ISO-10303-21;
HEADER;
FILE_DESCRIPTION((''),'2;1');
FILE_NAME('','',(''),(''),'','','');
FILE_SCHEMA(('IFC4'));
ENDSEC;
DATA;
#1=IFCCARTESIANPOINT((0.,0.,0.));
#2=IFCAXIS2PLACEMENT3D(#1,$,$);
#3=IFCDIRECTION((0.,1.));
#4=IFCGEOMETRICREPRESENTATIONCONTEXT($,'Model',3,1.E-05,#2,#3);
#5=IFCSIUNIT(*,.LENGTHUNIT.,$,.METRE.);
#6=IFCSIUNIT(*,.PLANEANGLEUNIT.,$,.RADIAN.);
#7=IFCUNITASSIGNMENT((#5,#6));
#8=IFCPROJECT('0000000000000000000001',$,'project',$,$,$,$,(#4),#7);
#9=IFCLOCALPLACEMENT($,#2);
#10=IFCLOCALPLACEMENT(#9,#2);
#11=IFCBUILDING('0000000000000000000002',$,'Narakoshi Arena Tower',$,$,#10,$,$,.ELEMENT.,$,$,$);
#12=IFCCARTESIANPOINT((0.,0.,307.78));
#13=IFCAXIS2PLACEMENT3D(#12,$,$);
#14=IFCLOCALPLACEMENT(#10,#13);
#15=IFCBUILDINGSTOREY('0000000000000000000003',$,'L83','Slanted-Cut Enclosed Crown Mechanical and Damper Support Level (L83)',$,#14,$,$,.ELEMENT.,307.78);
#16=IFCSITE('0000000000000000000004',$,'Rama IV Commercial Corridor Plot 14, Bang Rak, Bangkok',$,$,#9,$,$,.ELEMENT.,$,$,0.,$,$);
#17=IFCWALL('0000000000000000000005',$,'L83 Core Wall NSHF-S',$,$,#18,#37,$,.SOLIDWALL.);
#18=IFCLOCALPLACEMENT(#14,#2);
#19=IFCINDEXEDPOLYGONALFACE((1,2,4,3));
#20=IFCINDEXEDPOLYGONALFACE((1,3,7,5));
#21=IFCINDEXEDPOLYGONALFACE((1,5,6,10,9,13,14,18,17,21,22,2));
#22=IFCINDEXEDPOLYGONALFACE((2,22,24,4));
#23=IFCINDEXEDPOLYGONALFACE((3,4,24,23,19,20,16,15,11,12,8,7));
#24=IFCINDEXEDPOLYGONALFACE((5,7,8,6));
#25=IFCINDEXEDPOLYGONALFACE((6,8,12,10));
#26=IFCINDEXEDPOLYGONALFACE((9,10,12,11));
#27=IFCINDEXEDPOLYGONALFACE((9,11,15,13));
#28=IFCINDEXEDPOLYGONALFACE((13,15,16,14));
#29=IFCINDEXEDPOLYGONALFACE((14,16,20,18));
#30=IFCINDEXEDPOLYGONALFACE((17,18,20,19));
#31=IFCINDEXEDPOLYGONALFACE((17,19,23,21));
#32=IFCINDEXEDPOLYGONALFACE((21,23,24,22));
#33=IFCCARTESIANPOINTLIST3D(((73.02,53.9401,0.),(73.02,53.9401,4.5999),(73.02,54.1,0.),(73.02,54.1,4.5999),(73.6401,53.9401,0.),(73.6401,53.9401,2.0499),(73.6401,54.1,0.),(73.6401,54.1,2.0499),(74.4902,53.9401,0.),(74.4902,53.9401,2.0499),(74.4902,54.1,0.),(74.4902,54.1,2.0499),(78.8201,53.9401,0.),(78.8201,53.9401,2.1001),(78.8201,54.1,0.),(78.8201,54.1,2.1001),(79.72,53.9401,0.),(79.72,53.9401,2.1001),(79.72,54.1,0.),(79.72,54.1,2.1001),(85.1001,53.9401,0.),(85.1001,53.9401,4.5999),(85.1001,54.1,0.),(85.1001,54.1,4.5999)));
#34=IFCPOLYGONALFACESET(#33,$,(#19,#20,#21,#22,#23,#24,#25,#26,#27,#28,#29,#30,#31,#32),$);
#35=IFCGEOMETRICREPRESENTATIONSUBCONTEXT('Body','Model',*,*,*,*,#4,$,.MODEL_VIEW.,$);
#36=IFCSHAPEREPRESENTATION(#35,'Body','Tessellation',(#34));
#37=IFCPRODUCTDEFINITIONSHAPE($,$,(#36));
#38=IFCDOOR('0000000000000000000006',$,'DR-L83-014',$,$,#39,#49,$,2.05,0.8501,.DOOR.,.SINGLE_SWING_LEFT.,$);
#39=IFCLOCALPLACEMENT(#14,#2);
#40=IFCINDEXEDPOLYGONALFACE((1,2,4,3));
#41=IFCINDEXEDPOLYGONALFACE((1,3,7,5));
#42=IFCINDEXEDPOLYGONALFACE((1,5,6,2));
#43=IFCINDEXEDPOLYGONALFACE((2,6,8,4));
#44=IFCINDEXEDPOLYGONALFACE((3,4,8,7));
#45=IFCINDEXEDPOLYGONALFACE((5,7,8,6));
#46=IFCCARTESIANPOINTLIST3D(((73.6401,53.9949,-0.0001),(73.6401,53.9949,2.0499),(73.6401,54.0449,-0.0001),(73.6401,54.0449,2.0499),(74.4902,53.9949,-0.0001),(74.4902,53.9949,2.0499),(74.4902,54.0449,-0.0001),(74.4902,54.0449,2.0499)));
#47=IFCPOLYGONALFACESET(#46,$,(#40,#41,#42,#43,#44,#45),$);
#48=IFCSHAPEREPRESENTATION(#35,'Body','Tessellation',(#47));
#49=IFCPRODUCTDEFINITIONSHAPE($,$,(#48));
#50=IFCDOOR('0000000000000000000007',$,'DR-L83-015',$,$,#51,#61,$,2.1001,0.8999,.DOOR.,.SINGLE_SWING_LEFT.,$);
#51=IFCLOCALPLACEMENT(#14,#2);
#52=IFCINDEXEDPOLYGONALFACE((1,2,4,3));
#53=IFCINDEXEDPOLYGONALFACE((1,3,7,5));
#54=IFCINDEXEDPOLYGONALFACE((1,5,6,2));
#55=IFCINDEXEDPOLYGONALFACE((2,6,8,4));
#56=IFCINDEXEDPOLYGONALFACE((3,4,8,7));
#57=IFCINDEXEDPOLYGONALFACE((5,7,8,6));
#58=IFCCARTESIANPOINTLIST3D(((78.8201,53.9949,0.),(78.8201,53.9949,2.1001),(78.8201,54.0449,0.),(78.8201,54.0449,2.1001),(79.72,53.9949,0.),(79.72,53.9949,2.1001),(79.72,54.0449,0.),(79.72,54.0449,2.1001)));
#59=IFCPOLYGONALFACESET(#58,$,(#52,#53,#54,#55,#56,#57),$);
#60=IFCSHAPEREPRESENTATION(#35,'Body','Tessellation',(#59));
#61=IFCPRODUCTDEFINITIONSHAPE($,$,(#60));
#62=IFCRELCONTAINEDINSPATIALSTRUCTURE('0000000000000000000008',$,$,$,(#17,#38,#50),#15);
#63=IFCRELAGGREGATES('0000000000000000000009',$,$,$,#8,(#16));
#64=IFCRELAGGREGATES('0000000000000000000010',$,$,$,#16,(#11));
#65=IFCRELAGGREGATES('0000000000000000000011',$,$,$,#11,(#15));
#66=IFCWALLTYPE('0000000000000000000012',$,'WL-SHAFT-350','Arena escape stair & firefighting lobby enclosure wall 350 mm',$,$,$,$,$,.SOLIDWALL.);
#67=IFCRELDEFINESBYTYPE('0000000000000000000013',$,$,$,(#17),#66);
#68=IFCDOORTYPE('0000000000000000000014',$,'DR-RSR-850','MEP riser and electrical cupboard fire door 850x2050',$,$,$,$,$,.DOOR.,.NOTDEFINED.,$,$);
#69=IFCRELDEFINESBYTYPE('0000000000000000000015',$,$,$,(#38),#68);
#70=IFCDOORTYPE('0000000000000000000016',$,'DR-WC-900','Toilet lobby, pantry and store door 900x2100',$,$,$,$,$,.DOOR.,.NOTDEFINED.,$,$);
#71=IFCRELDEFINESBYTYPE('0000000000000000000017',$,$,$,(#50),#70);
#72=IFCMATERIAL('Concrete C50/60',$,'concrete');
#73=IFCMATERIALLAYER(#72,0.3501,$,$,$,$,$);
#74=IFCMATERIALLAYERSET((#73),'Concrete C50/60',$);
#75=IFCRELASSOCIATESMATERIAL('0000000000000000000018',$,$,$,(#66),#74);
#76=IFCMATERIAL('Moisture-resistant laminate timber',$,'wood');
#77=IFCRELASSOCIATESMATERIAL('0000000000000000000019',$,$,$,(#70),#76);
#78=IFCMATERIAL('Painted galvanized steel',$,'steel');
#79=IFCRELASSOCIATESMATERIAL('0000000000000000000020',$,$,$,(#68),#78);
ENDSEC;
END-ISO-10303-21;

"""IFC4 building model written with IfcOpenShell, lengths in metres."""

from ifc_helpers import new_model, si_unit, direction, frame, frame_2d, origin, place, context, subcontext, project, spatial, rectangle, extrude, material, layer, layer_set, type_object, element, fill, save


model = new_model("IFC4")

# Units and contexts
model_context = context("Model", 3, precision=1e-05, world=origin(), true_north=direction((0.0, 1.0)))
body_context = subcontext(model_context, "Body", "Model", "MODEL_VIEW")
ifc_project = project(units=[si_unit("LENGTHUNIT", "METRE"), si_unit("PLANEANGLEUNIT", "RADIAN")], contexts=[model_context])

# Site, building, storey
site_placement = place(None, origin())
site = spatial("IfcSite", under=ifc_project, at=site_placement, Name="Rama IV Commercial Corridor Plot 14, Bang Rak, Bangkok", CompositionType="ELEMENT", RefElevation=0.0)
building_placement = place(site_placement, origin())
building = spatial("IfcBuilding", under=site, at=building_placement, Name="Narakoshi Arena Tower", CompositionType="ELEMENT")
storey_placement = place(building_placement, frame((0.0, 0.0, 307.78)))
storey = spatial("IfcBuildingStorey", under=building, at=storey_placement, Name="L83", Description="Slanted-Cut Enclosed Crown Mechanical and Damper Support Level (L83)", CompositionType="ELEMENT", Elevation=307.78)

# Shared definitions
ifc_material_1 = material(Name="Concrete C50/60", Category="concrete")

# Shared definitions
ifc_layer_1 = layer(ifc_material_1, 0.3501)
ifc_layer_set_1 = layer_set([ifc_layer_1], Name="Concrete C50/60")
wall_type_1 = type_object("IfcWallType", Name="WL-SHAFT-350", Description="Arena escape stair & firefighting lobby enclosure wall 350 mm", PredefinedType="SOLIDWALL", material=ifc_layer_set_1)
ifc_material_2 = material(Name="Moisture-resistant laminate timber", Category="wood")
door_type_1 = type_object("IfcDoorType", Name="DR-WC-900", Description="Toilet lobby, pantry and store door 900x2100", OperationType="NOTDEFINED", PredefinedType="DOOR", material=ifc_material_2)

# Wall, openings, doors
wall_1_placement = place(storey_placement, frame((73.02, 54.02, 0.0), z_axis=(0.0, 0.0, 1.0), x_axis=(1.0, 0.0, 0.0)))
wall_1 = element("IfcWall", 1, at=wall_1_placement, inside=storey, type_object=wall_type_1, Name="L83 Core Wall NSHF-S", PredefinedType="SOLIDWALL", context=body_context, shape_type="SweptSolid", body=[
    extrude(rectangle(XDim=12.0801, YDim=0.1599, at=frame_2d((6.04, 0.0))), origin(), (0.0, 0.0, 1.0), 4.5999),
])
opening_1_placement = place(wall_1_placement, frame((0.6201, 0.0, 0.0)))
opening_1 = element("IfcOpeningElement", 2, at=opening_1_placement, cuts=wall_1, PredefinedType="OPENING", context=body_context, shape_type="SweptSolid", body=[
    extrude(rectangle(XDim=0.8501, YDim=2.05, at=frame_2d((0.425, 1.0249))), frame((0.0, 0.0898, 0.0), z_axis=(0.0, -1.0, 0.0), x_axis=(1.0, 0.0, 0.0)), (0.0, 0.0, 1.0), 0.1799),
])
opening_2_placement = place(wall_1_placement, frame((5.8, 0.0, 0.0)))
opening_2 = element("IfcOpeningElement", 3, at=opening_2_placement, cuts=wall_1, PredefinedType="OPENING", context=body_context, shape_type="SweptSolid", body=[
    extrude(rectangle(XDim=0.8999, YDim=2.1001, at=frame_2d((0.45, 1.05))), frame((0.0, 0.0898, 0.0), z_axis=(0.0, -1.0, 0.0), x_axis=(1.0, 0.0, 0.0)), (0.0, 0.0, 1.0), 0.1799),
])
ifc_material_3 = material(Name="Painted galvanized steel", Category="steel")
door_type_2 = type_object("IfcDoorType", Name="DR-RSR-850", Description="MEP riser and electrical cupboard fire door 850x2050", OperationType="NOTDEFINED", PredefinedType="DOOR", material=ifc_material_3)
door_1_placement = place(opening_1_placement, origin())
door_1 = element("IfcDoor", 4, at=door_1_placement, inside=storey, type_object=door_type_2, Name="DR-L83-014", OperationType="SINGLE_SWING_LEFT", OverallHeight=2.05, OverallWidth=0.8501, PredefinedType="DOOR", context=body_context, shape_type="SweptSolid", body=[
    extrude(rectangle(XDim=0.8501, YDim=2.05, at=frame_2d((0.425, 1.0249))), frame((0.0, 0.0249, 0.0), z_axis=(0.0, -1.0, 0.0), x_axis=(1.0, 0.0, 0.0)), (0.0, 0.0, 1.0), 0.05),
])
fill(opening_1, door_1)
door_2_placement = place(opening_2_placement, origin())
door_2 = element("IfcDoor", 5, at=door_2_placement, inside=storey, type_object=door_type_1, Name="DR-L83-015", OperationType="SINGLE_SWING_LEFT", OverallHeight=2.1001, OverallWidth=0.8999, PredefinedType="DOOR", context=body_context, shape_type="SweptSolid", body=[
    extrude(rectangle(XDim=0.8999, YDim=2.1001, at=frame_2d((0.45, 1.05))), frame((0.0, 0.0249, 0.0), z_axis=(0.0, -1.0, 0.0), x_axis=(1.0, 0.0, 0.0)), (0.0, 0.0, 1.0), 0.05),
])
fill(opening_2, door_2)

save(model, "model.ifc")
